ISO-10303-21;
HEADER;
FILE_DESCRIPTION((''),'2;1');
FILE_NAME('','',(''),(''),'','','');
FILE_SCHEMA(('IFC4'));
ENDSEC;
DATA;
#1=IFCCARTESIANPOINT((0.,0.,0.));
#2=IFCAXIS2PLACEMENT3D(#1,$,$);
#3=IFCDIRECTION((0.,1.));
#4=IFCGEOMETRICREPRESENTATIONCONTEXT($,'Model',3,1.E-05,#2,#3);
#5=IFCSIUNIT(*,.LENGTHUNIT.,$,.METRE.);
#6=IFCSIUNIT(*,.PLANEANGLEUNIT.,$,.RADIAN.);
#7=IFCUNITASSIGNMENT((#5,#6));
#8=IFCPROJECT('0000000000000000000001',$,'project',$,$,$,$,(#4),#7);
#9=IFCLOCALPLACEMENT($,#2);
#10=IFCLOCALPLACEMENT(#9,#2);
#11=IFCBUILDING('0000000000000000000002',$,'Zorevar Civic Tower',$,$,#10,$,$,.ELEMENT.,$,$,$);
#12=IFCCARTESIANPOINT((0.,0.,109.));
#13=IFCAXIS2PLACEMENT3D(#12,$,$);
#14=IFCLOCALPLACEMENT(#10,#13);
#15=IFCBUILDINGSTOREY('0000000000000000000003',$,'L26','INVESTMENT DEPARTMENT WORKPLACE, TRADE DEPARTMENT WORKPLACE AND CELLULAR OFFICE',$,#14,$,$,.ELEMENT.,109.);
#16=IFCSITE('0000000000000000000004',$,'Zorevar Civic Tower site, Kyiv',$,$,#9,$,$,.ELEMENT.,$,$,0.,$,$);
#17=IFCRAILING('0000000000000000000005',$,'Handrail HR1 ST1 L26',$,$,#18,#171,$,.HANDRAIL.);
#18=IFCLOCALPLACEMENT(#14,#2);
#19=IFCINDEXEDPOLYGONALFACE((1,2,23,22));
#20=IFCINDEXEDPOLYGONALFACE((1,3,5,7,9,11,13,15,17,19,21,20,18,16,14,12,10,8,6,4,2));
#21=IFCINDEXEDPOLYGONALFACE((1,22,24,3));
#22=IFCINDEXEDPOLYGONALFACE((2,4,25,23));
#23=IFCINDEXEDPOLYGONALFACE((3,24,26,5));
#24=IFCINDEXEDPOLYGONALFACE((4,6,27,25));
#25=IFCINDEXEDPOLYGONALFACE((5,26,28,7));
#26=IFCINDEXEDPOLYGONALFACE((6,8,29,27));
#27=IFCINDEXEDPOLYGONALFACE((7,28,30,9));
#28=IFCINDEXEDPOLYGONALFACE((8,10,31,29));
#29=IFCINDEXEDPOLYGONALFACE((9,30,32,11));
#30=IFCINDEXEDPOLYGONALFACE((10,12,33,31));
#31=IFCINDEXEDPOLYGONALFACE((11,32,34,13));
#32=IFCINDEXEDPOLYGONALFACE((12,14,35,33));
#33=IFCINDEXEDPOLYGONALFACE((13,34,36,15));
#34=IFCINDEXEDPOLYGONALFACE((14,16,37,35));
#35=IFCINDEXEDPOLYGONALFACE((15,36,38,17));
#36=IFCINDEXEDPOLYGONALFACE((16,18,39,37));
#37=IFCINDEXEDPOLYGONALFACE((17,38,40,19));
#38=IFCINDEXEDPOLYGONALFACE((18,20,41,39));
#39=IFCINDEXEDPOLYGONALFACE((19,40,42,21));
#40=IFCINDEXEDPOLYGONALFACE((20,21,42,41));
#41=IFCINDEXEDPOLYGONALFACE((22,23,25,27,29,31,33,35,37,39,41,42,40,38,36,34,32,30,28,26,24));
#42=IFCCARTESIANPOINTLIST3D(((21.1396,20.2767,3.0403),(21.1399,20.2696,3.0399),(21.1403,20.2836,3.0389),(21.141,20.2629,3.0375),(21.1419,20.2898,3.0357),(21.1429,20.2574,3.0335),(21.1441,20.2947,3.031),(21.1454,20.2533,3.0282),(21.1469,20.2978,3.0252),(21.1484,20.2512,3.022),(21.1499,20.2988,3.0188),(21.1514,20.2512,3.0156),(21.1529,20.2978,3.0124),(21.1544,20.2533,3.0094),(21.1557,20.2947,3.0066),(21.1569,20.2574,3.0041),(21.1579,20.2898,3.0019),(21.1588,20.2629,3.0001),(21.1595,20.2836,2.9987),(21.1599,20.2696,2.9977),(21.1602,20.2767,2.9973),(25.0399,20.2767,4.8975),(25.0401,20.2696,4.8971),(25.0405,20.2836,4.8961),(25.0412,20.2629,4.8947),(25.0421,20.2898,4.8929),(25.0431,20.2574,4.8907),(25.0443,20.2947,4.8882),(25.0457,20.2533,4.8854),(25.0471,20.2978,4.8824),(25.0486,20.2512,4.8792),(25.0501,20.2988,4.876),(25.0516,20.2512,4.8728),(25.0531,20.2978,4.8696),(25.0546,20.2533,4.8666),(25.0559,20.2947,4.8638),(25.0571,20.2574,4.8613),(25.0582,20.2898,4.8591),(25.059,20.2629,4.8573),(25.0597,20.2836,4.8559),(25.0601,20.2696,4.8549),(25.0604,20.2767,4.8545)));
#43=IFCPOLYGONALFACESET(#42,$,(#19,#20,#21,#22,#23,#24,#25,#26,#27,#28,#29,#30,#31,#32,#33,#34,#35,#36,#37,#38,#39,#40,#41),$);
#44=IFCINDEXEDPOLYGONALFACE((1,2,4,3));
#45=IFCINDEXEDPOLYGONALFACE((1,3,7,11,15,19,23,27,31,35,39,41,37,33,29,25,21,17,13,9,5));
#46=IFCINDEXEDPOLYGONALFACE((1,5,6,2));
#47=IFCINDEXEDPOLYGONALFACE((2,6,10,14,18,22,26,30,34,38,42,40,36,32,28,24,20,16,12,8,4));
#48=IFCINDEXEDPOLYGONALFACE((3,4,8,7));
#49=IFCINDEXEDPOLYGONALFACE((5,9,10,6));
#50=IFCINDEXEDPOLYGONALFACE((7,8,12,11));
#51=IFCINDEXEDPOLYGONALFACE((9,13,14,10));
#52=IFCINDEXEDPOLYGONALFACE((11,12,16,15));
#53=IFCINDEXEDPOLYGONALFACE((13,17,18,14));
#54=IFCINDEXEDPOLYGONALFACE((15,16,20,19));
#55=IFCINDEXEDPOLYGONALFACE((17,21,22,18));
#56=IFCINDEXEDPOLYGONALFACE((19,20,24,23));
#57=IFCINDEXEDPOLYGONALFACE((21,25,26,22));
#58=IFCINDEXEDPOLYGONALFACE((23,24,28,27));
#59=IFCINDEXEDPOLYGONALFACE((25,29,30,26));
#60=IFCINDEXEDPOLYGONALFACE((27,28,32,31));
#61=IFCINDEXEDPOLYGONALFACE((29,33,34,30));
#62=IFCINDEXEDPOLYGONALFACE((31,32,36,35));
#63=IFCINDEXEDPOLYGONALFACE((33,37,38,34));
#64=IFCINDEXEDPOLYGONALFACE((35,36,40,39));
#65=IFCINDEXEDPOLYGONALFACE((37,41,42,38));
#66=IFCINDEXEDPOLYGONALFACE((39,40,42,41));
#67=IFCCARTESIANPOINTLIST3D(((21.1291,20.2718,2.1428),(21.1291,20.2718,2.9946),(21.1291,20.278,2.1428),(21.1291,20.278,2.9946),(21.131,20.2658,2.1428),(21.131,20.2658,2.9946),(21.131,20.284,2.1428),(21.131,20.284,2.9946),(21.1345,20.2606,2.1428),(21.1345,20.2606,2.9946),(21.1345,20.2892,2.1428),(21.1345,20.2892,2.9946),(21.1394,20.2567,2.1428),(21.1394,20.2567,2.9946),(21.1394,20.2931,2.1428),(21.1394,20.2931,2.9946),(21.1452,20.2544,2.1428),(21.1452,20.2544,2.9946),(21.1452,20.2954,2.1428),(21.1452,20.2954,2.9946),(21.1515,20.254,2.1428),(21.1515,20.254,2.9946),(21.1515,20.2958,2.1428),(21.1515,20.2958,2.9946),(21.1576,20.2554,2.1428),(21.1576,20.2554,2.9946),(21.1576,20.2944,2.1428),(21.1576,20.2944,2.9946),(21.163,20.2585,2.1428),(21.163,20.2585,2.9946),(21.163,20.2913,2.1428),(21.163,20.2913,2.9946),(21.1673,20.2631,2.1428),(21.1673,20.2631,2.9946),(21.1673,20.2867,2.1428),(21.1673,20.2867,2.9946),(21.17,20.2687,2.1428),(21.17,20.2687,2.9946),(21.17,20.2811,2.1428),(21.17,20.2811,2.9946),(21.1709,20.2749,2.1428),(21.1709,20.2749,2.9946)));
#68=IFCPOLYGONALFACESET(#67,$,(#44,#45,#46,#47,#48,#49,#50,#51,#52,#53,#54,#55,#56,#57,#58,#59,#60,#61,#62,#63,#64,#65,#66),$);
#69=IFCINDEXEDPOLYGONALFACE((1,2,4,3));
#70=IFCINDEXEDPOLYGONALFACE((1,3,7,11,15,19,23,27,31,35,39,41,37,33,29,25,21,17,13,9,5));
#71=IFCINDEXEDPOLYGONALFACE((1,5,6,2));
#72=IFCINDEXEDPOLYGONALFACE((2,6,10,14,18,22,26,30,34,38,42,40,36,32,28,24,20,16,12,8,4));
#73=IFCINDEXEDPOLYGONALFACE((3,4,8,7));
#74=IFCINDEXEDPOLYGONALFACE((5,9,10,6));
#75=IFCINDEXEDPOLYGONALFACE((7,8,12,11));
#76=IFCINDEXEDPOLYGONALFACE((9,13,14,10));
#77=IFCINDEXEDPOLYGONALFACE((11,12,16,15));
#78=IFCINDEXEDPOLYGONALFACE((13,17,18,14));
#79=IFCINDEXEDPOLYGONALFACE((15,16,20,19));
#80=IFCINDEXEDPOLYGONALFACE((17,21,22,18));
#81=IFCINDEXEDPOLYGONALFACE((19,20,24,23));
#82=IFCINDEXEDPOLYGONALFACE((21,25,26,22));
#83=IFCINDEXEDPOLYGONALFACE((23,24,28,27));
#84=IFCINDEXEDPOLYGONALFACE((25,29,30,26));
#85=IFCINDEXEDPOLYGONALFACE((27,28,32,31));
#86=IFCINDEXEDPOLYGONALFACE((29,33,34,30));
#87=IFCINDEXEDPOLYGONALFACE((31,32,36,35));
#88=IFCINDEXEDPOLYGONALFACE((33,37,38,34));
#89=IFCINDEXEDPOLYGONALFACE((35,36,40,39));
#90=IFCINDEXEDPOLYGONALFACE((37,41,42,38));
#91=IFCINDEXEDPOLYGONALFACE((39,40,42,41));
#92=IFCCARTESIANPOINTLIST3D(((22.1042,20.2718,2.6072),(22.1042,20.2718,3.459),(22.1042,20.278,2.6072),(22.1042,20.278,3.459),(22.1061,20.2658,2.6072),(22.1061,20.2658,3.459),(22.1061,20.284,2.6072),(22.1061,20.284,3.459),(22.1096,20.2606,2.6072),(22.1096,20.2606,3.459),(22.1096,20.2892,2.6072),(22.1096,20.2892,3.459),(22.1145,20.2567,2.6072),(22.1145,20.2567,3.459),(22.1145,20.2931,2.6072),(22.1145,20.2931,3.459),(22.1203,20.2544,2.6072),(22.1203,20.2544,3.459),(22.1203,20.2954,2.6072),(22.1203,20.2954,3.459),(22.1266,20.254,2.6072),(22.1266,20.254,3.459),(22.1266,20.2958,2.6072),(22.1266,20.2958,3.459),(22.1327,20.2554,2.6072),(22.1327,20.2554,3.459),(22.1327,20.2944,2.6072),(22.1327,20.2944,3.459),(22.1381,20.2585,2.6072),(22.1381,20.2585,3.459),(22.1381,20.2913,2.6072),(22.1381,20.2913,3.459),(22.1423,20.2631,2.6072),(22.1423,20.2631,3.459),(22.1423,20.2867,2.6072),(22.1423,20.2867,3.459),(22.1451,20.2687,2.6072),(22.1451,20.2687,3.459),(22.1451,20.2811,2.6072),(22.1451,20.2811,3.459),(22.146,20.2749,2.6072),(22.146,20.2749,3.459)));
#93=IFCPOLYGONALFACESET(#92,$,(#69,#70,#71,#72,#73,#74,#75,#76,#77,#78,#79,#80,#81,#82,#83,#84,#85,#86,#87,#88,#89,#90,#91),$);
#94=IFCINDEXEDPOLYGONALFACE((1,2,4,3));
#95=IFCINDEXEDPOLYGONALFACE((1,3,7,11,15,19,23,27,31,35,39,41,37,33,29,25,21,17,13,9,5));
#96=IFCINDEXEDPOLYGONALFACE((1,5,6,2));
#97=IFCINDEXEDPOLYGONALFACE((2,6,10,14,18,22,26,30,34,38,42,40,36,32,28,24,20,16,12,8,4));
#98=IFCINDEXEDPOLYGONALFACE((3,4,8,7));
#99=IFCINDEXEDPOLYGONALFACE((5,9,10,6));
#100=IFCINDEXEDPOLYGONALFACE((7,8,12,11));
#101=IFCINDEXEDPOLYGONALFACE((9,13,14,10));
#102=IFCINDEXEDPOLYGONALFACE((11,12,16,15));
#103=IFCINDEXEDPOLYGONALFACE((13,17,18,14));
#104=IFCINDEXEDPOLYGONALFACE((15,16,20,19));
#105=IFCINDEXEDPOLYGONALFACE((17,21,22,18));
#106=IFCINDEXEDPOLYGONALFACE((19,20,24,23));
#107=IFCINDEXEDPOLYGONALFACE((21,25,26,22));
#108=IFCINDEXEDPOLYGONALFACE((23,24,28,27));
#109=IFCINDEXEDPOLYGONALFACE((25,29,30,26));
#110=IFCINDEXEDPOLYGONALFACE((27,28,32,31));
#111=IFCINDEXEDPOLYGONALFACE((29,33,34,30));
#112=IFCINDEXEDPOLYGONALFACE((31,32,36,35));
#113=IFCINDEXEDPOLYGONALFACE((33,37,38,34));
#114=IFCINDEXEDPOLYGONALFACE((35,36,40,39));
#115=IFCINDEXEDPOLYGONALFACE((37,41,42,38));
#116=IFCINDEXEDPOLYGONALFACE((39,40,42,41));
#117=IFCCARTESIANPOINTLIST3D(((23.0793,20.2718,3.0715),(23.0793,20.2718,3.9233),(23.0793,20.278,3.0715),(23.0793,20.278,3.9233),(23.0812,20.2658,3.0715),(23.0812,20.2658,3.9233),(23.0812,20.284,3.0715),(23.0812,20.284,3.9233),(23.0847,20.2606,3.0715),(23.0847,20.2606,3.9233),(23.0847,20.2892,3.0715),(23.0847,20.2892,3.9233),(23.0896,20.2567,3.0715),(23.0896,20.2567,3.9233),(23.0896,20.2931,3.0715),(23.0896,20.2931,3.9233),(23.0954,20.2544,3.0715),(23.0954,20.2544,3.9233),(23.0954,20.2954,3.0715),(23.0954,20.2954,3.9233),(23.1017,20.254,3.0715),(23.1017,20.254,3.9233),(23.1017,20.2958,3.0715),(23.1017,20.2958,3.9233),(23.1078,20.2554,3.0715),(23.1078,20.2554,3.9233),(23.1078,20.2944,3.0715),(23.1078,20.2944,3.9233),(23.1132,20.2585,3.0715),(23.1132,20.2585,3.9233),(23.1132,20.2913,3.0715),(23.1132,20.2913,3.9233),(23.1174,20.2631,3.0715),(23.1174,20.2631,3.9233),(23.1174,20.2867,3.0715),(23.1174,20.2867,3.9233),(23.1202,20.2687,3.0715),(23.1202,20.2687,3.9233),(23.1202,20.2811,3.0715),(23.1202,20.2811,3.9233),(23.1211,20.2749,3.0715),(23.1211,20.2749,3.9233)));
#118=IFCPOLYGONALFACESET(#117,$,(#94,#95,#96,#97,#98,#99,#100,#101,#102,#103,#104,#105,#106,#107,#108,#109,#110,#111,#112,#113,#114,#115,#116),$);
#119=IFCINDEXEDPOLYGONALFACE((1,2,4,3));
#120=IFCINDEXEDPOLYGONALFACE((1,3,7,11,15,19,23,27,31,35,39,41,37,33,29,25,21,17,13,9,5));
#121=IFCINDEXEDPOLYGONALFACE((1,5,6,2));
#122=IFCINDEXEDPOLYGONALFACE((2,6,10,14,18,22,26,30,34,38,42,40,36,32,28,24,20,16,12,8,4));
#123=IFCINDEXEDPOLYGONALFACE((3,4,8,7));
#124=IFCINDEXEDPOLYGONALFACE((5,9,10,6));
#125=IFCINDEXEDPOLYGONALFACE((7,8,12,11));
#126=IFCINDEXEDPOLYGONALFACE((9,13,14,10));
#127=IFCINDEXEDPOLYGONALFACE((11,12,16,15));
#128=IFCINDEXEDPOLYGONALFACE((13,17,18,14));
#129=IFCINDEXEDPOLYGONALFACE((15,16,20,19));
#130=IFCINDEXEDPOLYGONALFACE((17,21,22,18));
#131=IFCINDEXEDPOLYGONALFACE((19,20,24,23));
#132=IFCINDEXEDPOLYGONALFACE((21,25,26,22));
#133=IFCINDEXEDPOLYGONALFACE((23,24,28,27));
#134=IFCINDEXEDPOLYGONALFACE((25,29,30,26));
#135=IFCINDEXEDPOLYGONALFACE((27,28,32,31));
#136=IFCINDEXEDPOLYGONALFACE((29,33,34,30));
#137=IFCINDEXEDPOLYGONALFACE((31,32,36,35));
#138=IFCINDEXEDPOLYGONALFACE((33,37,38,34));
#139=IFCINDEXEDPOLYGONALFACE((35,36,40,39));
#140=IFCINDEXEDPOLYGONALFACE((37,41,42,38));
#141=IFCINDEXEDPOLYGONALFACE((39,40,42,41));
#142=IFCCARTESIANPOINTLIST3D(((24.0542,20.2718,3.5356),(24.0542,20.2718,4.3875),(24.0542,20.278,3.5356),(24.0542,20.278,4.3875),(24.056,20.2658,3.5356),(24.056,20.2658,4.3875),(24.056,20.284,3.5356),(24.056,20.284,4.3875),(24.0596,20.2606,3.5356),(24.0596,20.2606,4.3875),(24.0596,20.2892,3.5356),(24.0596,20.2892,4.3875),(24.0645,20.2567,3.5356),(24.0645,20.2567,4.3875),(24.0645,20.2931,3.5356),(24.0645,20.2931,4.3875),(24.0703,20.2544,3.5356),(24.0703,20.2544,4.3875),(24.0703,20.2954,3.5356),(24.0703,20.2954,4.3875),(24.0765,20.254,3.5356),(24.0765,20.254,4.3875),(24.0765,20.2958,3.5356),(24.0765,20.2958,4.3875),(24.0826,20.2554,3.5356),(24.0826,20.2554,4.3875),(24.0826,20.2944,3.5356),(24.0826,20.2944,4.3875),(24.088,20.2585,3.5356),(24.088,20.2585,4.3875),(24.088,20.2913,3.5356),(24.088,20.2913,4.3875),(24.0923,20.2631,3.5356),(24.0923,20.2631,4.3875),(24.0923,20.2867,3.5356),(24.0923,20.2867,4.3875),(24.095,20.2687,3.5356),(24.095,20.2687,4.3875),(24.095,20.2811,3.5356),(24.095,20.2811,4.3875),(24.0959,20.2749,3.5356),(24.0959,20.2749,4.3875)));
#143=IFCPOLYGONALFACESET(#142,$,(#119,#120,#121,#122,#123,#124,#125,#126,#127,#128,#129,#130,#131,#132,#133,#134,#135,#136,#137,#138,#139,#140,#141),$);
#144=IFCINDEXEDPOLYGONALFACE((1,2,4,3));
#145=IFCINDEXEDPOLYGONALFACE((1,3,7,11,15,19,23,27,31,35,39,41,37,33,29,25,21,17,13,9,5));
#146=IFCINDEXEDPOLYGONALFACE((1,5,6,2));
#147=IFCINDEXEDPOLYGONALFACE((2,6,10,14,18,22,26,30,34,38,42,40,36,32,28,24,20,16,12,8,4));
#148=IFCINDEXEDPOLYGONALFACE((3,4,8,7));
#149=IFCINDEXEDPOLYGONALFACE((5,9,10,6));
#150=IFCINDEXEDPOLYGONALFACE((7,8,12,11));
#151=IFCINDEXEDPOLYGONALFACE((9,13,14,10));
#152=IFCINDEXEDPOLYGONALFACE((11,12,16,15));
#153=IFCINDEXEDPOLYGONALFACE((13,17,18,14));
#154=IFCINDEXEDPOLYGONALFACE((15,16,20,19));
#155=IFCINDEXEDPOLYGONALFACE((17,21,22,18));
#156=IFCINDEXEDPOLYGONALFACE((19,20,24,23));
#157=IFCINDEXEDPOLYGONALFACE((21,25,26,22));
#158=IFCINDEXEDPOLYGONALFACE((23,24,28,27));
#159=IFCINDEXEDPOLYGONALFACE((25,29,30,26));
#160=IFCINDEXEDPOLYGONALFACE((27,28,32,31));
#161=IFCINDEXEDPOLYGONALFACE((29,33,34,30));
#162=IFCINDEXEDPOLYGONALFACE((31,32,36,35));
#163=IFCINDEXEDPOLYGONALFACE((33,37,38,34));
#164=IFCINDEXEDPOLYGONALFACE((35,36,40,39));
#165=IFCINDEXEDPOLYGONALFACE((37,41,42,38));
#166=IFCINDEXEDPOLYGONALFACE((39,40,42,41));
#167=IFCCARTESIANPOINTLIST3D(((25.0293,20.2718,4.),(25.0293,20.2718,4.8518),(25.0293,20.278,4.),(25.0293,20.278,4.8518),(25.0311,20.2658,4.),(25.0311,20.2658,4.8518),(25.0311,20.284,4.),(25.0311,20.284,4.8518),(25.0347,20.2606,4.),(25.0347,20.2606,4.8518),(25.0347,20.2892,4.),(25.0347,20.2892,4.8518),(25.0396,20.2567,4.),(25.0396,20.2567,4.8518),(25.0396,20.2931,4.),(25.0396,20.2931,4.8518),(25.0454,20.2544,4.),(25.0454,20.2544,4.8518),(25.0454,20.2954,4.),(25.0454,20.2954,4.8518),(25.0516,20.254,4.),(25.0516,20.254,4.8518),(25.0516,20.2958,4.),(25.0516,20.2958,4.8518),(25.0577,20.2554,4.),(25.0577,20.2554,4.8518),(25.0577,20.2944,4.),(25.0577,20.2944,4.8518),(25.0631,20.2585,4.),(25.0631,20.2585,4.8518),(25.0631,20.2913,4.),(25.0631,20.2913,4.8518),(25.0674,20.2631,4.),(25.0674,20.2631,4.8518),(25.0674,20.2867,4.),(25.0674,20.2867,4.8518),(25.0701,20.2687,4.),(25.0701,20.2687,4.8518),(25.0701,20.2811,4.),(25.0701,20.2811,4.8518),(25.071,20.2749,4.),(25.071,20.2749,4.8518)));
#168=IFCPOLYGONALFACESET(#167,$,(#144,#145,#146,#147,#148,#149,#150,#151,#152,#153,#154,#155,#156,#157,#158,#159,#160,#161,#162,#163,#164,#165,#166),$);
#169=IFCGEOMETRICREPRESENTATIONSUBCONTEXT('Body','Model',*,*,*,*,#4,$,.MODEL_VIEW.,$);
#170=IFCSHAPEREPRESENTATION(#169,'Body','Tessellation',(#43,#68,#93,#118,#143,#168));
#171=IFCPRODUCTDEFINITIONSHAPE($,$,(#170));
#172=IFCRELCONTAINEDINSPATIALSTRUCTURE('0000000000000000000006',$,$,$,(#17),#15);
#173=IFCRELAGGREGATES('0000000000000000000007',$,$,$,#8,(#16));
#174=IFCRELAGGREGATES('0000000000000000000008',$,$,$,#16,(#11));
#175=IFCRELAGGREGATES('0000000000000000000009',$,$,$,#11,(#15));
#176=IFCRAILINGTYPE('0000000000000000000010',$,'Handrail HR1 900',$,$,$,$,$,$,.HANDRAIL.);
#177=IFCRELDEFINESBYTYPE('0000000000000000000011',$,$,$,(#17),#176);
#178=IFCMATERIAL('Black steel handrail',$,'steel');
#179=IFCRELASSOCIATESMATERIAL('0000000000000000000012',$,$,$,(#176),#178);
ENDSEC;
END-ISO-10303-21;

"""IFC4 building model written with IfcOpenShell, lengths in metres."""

from ifc_helpers import new_model, si_unit, direction, frame, origin, origin_2d, place, context, subcontext, project, spatial, circle, extrude, material, type_object, element, save


model = new_model("IFC4")

# Units and contexts
model_context = context("Model", 3, precision=1e-05, world=origin(), true_north=direction((0.0, 1.0)))
body_context = subcontext(model_context, "Body", "Model", "MODEL_VIEW")
ifc_project = project(units=[si_unit("LENGTHUNIT", "METRE"), si_unit("PLANEANGLEUNIT", "RADIAN")], contexts=[model_context])

# Site, building, storey
site_placement = place(None, origin())
site = spatial("IfcSite", under=ifc_project, at=site_placement, Name="Zorevar Civic Tower site, Kyiv", CompositionType="ELEMENT", RefElevation=0.0)
building_placement = place(site_placement, origin())
building = spatial("IfcBuilding", under=site, at=building_placement, Name="Zorevar Civic Tower", CompositionType="ELEMENT")
storey_placement = place(building_placement, frame((0.0, 0.0, 109.0)))
storey = spatial("IfcBuildingStorey", under=building, at=storey_placement, Name="L26", Description="INVESTMENT DEPARTMENT WORKPLACE, TRADE DEPARTMENT WORKPLACE AND CELLULAR OFFICE", CompositionType="ELEMENT", Elevation=109.0)

# Railing
ifc_material_1 = material(Name="Black steel handrail", Category="steel")
railing_type = type_object("IfcRailingType", Name="Handrail HR1 900", PredefinedType="HANDRAIL", material=ifc_material_1)
railing_1_placement = place(storey_placement, frame((21.1499, 20.2749, 2.1428)))
element("IfcRailing", 1, at=railing_1_placement, inside=storey, type_object=railing_type, Name="Handrail HR1 ST1 L26", PredefinedType="HANDRAIL", context=body_context, shape_type="SweptSolid", body=[
    extrude(circle(Radius=0.0239, at=origin_2d()), frame((0.0, 0.0, 0.876), z_axis=(0.902864, 0.0, 0.429927), x_axis=(0.0, 1.0, 0.0)), (0.0, 0.0, 1.0), 4.3198),
    extrude(circle(Radius=0.021, at=origin_2d()), origin(), (0.0, 0.0, 1.0), 0.8518),
    extrude(circle(Radius=0.021, at=origin_2d()), frame((0.9751, 0.0, 0.4644)), (0.0, 0.0, 1.0), 0.8518),
    extrude(circle(Radius=0.021, at=origin_2d()), frame((1.9502, 0.0, 0.9287)), (0.0, 0.0, 1.0), 0.8518),
    extrude(circle(Radius=0.021, at=origin_2d()), frame((2.925, 0.0, 1.3928)), (0.0, 0.0, 1.0), 0.8518),
    extrude(circle(Radius=0.021, at=origin_2d()), frame((3.9001, 0.0, 1.8572)), (0.0, 0.0, 1.0), 0.8518),
])

save(model, "model.ifc")
